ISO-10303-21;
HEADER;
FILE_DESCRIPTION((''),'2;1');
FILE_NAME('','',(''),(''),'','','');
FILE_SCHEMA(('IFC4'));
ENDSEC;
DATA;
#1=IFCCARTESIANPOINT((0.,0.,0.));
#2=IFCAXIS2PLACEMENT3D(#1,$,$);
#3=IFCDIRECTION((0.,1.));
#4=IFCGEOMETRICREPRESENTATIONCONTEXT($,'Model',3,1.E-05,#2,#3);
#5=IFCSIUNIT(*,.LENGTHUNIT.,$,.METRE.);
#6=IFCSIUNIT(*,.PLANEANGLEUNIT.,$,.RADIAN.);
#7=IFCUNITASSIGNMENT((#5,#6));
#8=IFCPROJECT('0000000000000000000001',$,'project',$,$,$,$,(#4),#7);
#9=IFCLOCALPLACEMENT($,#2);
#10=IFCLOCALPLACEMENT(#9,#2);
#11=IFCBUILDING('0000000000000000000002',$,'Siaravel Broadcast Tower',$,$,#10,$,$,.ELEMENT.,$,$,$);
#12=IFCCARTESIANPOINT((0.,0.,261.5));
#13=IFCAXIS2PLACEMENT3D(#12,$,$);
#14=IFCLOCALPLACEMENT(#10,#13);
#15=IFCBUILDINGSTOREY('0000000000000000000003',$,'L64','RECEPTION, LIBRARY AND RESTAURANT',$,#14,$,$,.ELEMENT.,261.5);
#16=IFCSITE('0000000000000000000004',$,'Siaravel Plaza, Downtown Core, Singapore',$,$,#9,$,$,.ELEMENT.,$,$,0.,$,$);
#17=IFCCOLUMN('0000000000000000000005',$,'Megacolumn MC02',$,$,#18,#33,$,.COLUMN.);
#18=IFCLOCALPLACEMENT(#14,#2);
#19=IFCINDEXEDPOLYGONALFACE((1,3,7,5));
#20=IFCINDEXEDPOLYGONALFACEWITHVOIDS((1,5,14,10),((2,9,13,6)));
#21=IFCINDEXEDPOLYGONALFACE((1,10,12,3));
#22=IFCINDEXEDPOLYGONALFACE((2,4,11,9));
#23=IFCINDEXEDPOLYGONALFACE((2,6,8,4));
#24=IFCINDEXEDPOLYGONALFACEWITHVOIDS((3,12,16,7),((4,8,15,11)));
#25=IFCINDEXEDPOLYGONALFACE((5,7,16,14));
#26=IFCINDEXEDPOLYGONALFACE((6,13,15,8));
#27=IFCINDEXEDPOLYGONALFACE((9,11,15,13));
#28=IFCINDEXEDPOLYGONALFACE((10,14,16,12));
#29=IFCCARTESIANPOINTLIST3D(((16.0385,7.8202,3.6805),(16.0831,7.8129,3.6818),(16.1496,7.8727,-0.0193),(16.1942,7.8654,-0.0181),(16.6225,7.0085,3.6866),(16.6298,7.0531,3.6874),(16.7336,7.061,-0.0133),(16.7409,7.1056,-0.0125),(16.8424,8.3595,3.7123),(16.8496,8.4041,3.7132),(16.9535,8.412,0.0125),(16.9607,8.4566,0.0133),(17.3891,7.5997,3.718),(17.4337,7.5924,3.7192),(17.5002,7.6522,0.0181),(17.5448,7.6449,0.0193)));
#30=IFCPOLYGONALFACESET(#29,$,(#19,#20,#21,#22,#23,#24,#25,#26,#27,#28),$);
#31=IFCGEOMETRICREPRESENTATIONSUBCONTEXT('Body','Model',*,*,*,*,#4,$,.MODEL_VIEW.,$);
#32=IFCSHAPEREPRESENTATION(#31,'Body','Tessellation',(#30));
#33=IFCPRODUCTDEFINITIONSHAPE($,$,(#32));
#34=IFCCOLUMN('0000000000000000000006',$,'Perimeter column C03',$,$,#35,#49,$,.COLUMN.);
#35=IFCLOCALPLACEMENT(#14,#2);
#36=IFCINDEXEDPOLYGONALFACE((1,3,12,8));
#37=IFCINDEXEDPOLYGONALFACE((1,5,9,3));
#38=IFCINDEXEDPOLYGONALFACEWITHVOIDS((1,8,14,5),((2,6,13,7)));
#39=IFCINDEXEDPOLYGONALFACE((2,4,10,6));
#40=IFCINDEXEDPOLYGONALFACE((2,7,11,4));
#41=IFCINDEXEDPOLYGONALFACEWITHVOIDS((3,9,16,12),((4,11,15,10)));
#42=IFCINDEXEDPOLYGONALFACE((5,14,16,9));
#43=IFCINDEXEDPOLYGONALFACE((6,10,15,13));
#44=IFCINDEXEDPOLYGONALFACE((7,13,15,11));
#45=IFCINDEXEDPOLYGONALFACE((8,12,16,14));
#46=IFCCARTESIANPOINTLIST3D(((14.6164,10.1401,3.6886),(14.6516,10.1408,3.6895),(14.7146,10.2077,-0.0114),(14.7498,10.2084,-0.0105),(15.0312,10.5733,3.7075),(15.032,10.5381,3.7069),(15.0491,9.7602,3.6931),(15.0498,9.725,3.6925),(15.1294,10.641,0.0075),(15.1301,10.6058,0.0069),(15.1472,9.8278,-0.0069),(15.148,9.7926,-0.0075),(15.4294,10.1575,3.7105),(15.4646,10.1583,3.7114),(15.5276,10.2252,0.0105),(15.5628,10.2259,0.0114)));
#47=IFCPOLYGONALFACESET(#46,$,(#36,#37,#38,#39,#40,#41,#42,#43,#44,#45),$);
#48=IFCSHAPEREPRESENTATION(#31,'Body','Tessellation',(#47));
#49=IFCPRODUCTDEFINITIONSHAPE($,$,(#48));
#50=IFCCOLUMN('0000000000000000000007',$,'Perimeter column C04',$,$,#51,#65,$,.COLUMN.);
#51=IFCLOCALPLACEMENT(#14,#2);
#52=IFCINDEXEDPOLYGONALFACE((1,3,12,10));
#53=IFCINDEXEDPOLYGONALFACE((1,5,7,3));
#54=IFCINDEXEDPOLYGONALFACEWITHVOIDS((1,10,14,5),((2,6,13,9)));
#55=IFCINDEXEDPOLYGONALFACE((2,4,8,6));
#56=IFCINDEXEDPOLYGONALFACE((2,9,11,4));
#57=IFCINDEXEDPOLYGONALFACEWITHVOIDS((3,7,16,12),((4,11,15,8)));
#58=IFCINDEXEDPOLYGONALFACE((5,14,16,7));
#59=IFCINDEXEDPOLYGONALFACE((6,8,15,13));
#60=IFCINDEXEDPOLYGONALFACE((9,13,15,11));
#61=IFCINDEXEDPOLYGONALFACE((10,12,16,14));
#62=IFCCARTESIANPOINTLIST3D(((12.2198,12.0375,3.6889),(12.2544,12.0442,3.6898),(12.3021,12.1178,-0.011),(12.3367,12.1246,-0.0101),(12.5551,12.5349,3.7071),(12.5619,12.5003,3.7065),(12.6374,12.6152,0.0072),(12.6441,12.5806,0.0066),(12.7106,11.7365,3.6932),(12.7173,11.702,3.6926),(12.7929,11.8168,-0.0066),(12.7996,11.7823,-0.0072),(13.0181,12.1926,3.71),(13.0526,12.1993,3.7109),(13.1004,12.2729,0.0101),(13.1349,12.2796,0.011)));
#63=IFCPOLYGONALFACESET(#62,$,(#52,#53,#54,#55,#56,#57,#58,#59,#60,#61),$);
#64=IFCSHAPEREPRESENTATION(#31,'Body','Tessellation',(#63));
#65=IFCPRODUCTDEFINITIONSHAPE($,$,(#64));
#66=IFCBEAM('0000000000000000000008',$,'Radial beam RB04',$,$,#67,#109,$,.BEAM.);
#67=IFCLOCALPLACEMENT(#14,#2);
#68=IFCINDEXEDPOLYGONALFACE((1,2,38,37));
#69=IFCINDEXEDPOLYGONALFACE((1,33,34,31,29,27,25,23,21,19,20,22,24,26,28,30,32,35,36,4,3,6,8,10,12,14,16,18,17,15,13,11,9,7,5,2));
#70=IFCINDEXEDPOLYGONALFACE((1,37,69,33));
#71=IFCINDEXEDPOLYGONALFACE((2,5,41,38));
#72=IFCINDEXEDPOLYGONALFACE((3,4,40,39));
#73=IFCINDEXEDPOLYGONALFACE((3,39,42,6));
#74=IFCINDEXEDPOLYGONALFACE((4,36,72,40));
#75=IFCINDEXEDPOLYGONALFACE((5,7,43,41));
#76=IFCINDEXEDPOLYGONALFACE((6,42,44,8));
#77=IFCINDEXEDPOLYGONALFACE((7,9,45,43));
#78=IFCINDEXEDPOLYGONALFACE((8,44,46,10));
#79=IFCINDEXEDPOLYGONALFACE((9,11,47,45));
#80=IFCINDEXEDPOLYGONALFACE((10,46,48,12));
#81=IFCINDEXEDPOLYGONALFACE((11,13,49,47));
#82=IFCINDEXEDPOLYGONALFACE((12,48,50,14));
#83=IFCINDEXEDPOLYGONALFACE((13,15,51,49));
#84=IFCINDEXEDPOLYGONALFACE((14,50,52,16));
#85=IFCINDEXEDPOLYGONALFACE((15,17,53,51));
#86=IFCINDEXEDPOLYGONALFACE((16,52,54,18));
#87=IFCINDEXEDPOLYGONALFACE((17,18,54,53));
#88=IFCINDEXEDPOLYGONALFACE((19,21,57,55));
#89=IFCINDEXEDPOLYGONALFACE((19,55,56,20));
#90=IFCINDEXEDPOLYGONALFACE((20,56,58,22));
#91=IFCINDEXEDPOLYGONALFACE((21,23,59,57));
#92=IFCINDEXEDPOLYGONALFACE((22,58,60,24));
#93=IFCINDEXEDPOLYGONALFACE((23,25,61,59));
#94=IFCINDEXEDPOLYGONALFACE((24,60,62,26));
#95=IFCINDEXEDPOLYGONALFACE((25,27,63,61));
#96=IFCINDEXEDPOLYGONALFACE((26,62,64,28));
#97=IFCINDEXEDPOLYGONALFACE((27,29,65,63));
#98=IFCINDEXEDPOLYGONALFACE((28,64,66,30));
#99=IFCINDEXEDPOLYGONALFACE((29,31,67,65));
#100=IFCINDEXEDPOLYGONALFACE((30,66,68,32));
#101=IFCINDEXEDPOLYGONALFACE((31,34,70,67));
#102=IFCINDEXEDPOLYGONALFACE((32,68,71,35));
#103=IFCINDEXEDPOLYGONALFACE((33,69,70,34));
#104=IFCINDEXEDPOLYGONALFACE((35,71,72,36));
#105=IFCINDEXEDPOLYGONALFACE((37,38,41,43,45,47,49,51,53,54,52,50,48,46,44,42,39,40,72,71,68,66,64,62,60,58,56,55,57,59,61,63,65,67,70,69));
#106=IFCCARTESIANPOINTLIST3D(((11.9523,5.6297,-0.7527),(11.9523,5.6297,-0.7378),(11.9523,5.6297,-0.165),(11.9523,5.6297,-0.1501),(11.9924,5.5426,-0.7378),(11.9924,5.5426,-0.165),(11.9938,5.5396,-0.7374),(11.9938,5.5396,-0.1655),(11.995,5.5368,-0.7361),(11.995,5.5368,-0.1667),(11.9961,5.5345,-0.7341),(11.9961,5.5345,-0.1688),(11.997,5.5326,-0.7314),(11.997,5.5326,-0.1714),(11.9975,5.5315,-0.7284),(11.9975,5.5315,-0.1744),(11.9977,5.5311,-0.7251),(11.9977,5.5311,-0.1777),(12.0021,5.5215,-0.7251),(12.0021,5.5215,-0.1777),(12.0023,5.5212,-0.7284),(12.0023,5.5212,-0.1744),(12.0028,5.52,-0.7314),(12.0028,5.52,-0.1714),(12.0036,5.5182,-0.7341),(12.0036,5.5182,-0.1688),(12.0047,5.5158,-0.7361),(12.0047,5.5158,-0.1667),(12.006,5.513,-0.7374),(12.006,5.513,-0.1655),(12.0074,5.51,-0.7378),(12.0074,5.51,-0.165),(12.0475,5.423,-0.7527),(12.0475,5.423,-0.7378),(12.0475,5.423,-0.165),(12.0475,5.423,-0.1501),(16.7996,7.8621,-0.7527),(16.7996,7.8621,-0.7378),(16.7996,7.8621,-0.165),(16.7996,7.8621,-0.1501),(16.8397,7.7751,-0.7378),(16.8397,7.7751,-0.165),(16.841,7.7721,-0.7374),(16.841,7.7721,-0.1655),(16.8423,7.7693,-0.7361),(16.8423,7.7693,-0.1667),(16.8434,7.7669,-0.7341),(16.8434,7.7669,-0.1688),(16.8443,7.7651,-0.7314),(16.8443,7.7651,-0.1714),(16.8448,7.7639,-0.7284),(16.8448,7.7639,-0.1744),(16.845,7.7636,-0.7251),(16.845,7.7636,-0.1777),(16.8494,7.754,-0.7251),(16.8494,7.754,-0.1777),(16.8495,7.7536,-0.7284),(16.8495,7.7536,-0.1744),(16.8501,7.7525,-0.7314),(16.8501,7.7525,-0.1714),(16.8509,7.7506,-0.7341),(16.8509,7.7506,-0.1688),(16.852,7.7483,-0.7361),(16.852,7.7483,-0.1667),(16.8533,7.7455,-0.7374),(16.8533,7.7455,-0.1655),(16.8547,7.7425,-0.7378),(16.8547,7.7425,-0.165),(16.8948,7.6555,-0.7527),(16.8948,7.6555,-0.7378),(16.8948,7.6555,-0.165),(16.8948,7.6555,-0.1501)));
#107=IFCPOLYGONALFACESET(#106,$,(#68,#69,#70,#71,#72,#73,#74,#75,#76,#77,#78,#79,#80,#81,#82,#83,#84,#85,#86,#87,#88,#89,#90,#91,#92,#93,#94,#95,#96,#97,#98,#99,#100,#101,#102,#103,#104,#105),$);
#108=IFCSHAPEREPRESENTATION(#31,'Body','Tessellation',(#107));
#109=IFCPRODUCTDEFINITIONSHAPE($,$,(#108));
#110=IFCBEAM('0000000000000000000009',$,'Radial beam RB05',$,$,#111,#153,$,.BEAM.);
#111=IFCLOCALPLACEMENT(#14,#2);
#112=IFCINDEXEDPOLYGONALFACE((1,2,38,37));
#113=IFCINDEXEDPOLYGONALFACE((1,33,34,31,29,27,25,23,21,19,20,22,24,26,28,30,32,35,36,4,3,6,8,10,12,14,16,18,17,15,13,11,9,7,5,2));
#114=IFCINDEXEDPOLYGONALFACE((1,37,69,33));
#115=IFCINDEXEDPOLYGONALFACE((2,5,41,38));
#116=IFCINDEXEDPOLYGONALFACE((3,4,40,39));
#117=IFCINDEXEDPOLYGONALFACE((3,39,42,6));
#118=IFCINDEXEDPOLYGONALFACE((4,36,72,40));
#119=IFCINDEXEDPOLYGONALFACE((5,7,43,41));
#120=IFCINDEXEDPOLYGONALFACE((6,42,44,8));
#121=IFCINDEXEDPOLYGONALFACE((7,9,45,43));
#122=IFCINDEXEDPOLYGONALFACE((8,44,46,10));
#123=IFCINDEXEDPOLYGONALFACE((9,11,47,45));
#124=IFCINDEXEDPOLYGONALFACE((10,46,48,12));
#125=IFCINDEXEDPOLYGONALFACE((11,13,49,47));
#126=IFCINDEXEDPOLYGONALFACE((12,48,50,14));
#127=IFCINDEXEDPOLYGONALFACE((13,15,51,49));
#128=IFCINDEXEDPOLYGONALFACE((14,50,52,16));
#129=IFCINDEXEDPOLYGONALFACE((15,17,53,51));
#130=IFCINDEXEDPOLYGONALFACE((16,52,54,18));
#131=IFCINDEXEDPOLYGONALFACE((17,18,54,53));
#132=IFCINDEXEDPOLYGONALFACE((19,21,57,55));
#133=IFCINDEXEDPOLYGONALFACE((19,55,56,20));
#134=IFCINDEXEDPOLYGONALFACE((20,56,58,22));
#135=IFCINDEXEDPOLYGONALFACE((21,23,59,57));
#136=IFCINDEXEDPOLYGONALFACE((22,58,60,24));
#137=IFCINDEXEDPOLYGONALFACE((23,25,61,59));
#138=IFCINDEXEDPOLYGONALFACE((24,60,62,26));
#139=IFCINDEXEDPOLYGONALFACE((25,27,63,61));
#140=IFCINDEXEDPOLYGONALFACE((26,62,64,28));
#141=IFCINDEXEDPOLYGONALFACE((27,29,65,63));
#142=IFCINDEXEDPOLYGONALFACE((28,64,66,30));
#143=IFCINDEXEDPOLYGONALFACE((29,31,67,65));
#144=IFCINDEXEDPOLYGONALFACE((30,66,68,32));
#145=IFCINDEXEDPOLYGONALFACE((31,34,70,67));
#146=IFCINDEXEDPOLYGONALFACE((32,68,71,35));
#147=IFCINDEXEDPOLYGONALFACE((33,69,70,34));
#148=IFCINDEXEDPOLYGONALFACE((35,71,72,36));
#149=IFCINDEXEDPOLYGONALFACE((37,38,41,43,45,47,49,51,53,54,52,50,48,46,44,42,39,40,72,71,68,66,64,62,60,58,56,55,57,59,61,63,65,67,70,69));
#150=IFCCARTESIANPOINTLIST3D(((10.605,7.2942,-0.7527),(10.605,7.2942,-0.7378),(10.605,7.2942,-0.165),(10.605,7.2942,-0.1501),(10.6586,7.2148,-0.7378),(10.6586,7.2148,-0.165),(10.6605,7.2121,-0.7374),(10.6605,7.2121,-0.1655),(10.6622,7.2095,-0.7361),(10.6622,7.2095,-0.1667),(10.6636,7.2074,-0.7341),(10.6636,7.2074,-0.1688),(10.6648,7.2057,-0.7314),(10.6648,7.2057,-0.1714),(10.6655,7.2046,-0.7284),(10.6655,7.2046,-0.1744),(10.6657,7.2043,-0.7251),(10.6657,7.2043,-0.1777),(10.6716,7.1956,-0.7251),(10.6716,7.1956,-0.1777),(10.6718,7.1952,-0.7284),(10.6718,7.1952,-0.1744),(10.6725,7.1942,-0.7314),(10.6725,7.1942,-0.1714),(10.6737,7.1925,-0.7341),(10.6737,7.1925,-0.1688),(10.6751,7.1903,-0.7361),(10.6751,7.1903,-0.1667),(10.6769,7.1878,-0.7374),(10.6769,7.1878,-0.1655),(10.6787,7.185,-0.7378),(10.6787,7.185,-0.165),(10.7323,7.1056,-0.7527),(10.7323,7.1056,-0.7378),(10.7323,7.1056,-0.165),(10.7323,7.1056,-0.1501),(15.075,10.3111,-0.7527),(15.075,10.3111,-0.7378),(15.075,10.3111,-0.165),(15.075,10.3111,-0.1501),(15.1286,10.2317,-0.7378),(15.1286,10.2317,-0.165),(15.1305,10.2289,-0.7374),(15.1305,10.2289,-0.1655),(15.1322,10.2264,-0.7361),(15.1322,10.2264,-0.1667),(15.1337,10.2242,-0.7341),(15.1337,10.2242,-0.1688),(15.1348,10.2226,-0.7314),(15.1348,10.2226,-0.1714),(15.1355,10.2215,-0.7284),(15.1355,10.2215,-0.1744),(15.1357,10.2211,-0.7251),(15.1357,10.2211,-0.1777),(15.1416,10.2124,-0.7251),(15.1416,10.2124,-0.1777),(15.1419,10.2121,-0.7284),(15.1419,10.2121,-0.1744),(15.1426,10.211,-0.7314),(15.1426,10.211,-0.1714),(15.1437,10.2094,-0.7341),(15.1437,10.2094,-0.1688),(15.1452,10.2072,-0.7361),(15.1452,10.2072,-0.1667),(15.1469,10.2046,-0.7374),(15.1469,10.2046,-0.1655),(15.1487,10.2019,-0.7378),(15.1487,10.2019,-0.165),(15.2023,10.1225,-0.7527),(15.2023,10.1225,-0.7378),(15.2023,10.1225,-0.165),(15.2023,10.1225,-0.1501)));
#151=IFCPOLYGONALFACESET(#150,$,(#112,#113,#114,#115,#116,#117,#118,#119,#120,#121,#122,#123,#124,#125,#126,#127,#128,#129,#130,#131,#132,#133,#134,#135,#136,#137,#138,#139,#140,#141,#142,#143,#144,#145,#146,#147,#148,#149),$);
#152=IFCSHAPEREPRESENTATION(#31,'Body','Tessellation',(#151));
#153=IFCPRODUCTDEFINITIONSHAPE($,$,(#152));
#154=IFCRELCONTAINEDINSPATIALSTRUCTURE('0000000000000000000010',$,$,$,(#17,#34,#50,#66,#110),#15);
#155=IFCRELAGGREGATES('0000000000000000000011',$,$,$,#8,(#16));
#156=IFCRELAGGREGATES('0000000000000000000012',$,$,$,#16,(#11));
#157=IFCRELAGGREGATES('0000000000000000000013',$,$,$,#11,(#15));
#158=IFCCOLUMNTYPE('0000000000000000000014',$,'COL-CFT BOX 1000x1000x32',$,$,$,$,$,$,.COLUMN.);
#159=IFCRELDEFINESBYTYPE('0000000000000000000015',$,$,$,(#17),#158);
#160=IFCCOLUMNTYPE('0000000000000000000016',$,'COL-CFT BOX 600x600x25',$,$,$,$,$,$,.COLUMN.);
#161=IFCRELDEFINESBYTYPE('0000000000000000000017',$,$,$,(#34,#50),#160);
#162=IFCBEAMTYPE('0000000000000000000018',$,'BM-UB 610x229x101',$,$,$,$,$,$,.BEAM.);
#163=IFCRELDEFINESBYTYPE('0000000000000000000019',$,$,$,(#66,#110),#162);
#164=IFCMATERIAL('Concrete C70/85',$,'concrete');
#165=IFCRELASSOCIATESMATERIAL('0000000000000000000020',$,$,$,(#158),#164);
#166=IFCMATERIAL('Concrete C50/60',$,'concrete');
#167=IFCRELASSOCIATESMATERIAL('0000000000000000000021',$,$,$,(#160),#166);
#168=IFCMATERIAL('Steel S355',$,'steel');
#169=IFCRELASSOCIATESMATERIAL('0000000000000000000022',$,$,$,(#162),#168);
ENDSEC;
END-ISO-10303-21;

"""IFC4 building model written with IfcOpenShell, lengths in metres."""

from ifc_helpers import new_model, si_unit, direction, frame, origin, origin_2d, place, context, subcontext, project, spatial, hollow_rectangle, i_section, extrude, material, material_profile, profile_set, type_object, element, save


model = new_model("IFC4")

# Units and contexts
model_context = context("Model", 3, precision=1e-05, world=origin(), true_north=direction((0.0, 1.0)))
body_context = subcontext(model_context, "Body", "Model", "MODEL_VIEW")
ifc_project = project(units=[si_unit("LENGTHUNIT", "METRE"), si_unit("PLANEANGLEUNIT", "RADIAN")], contexts=[model_context])

# Site, building, storey
site_placement = place(None, origin())
site = spatial("IfcSite", under=ifc_project, at=site_placement, Name="Siaravel Plaza, Downtown Core, Singapore", CompositionType="ELEMENT", RefElevation=0.0)
building_placement = place(site_placement, origin())
building = spatial("IfcBuilding", under=site, at=building_placement, Name="Siaravel Broadcast Tower", CompositionType="ELEMENT")
storey_placement = place(building_placement, frame((0.0, 0.0, 261.5)))
storey = spatial("IfcBuildingStorey", under=building, at=storey_placement, Name="L64", Description="RECEPTION, LIBRARY AND RESTAURANT", CompositionType="ELEMENT", Elevation=261.5)

# Columns
ifc_material_1 = material(Name="Concrete C70/85", Category="concrete")
ifc_material_profile_1 = material_profile(ifc_material_1, hollow_rectangle(XDim=1.0, YDim=1.0, WallThickness=0.032, at=origin_2d()))
ifc_profile_set_1 = profile_set([ifc_material_profile_1], Name="Concrete C70/85")
column_type_1 = type_object("IfcColumnType", Name="COL-CFT BOX 1000x1000x32", PredefinedType="COLUMN", material=ifc_profile_set_1)
column_1_placement = place(storey_placement, frame((16.8472, 7.7588, 0.0), z_axis=(-0.030007, -0.014179, 0.999449), x_axis=(0.584046, -0.811698, 0.00602)))
element("IfcColumn", 1, at=column_1_placement, inside=storey, type_object=column_type_1, Name="Megacolumn MC02", PredefinedType="COLUMN", context=body_context, shape_type="SweptSolid", body=[
    extrude(hollow_rectangle(XDim=1.0, YDim=1.0, WallThickness=0.032, at=origin_2d()), origin(), (0.0, 0.0, 1.0), 3.7019),
])
ifc_material_2 = material(Name="Concrete C50/60", Category="concrete")
ifc_material_profile_2 = material_profile(ifc_material_2, hollow_rectangle(XDim=0.6001, YDim=0.6001, WallThickness=0.0249, at=origin_2d()))
ifc_profile_set_2 = profile_set([ifc_material_profile_2], Name="Concrete C50/60")
column_type_2 = type_object("IfcColumnType", Name="COL-CFT BOX 600x600x25", PredefinedType="COLUMN", material=ifc_profile_set_2)
column_2_placement = place(storey_placement, frame((15.1387, 10.2168, 0.0), z_axis=(-0.026512, -0.018268, 0.999482), x_axis=(0.722217, -0.691636, 0.006516)))
element("IfcColumn", 2, at=column_2_placement, inside=storey, type_object=column_type_2, Name="Perimeter column C03", PredefinedType="COLUMN", context=body_context, shape_type="SweptSolid", body=[
    extrude(hollow_rectangle(XDim=0.6001, YDim=0.6001, WallThickness=0.0249, at=origin_2d()), origin(), (0.0, 0.0, 1.0), 3.7019),
])
column_3_placement = place(storey_placement, frame((12.7185, 12.1987, 0.0), z_axis=(-0.022226, -0.021699, 0.999517), x_axis=(0.829024, -0.559177, 0.006296)))
element("IfcColumn", 3, at=column_3_placement, inside=storey, type_object=column_type_2, Name="Perimeter column C04", PredefinedType="COLUMN", context=body_context, shape_type="SweptSolid", body=[
    extrude(hollow_rectangle(XDim=0.6001, YDim=0.6001, WallThickness=0.0249, at=origin_2d()), origin(), (0.0, 0.0, 1.0), 3.7017),
])

# Beams
ifc_material_3 = material(Name="Steel S355", Category="steel")
ifc_material_profile_3 = material_profile(ifc_material_3, i_section(OverallWidth=0.2275, OverallDepth=0.6025, WebThickness=0.0105, FlangeThickness=0.0149, FilletRadius=0.0127, at=origin_2d()))
ifc_profile_set_3 = profile_set([ifc_material_profile_3], Name="Steel S355")
beam_type = type_object("IfcBeamType", Name="BM-UB 610x229x101", PredefinedType="BEAM", material=ifc_profile_set_3)
beam_1_placement = place(storey_placement, frame((16.8472, 7.7588, -0.4514), z_axis=(-0.908297, -0.418327, 0.0), x_axis=(0.418327, -0.908297, 0.0)))
element("IfcBeam", 4, at=beam_1_placement, inside=storey, type_object=beam_type, Name="Radial beam RB04", PredefinedType="BEAM", context=body_context, shape_type="SweptSolid", body=[
    extrude(i_section(OverallWidth=0.2275, OverallDepth=0.6025, WebThickness=0.0105, FlangeThickness=0.0149, FilletRadius=0.0127, at=origin_2d()), origin(), (0.0, 0.0, 1.0), 5.3367),
])
beam_2_placement = place(storey_placement, frame((15.1387, 10.2168, -0.4514), z_axis=(-0.828882, -0.559424, 0.0), x_axis=(0.559424, -0.828882, 0.0)))
element("IfcBeam", 5, at=beam_2_placement, inside=storey, type_object=beam_type, Name="Radial beam RB05", PredefinedType="BEAM", context=body_context, shape_type="SweptSolid", body=[
    extrude(i_section(OverallWidth=0.2275, OverallDepth=0.6025, WebThickness=0.0105, FlangeThickness=0.0149, FilletRadius=0.0127, at=origin_2d()), origin(), (0.0, 0.0, 1.0), 5.3928),
])

save(model, "model.ifc")
